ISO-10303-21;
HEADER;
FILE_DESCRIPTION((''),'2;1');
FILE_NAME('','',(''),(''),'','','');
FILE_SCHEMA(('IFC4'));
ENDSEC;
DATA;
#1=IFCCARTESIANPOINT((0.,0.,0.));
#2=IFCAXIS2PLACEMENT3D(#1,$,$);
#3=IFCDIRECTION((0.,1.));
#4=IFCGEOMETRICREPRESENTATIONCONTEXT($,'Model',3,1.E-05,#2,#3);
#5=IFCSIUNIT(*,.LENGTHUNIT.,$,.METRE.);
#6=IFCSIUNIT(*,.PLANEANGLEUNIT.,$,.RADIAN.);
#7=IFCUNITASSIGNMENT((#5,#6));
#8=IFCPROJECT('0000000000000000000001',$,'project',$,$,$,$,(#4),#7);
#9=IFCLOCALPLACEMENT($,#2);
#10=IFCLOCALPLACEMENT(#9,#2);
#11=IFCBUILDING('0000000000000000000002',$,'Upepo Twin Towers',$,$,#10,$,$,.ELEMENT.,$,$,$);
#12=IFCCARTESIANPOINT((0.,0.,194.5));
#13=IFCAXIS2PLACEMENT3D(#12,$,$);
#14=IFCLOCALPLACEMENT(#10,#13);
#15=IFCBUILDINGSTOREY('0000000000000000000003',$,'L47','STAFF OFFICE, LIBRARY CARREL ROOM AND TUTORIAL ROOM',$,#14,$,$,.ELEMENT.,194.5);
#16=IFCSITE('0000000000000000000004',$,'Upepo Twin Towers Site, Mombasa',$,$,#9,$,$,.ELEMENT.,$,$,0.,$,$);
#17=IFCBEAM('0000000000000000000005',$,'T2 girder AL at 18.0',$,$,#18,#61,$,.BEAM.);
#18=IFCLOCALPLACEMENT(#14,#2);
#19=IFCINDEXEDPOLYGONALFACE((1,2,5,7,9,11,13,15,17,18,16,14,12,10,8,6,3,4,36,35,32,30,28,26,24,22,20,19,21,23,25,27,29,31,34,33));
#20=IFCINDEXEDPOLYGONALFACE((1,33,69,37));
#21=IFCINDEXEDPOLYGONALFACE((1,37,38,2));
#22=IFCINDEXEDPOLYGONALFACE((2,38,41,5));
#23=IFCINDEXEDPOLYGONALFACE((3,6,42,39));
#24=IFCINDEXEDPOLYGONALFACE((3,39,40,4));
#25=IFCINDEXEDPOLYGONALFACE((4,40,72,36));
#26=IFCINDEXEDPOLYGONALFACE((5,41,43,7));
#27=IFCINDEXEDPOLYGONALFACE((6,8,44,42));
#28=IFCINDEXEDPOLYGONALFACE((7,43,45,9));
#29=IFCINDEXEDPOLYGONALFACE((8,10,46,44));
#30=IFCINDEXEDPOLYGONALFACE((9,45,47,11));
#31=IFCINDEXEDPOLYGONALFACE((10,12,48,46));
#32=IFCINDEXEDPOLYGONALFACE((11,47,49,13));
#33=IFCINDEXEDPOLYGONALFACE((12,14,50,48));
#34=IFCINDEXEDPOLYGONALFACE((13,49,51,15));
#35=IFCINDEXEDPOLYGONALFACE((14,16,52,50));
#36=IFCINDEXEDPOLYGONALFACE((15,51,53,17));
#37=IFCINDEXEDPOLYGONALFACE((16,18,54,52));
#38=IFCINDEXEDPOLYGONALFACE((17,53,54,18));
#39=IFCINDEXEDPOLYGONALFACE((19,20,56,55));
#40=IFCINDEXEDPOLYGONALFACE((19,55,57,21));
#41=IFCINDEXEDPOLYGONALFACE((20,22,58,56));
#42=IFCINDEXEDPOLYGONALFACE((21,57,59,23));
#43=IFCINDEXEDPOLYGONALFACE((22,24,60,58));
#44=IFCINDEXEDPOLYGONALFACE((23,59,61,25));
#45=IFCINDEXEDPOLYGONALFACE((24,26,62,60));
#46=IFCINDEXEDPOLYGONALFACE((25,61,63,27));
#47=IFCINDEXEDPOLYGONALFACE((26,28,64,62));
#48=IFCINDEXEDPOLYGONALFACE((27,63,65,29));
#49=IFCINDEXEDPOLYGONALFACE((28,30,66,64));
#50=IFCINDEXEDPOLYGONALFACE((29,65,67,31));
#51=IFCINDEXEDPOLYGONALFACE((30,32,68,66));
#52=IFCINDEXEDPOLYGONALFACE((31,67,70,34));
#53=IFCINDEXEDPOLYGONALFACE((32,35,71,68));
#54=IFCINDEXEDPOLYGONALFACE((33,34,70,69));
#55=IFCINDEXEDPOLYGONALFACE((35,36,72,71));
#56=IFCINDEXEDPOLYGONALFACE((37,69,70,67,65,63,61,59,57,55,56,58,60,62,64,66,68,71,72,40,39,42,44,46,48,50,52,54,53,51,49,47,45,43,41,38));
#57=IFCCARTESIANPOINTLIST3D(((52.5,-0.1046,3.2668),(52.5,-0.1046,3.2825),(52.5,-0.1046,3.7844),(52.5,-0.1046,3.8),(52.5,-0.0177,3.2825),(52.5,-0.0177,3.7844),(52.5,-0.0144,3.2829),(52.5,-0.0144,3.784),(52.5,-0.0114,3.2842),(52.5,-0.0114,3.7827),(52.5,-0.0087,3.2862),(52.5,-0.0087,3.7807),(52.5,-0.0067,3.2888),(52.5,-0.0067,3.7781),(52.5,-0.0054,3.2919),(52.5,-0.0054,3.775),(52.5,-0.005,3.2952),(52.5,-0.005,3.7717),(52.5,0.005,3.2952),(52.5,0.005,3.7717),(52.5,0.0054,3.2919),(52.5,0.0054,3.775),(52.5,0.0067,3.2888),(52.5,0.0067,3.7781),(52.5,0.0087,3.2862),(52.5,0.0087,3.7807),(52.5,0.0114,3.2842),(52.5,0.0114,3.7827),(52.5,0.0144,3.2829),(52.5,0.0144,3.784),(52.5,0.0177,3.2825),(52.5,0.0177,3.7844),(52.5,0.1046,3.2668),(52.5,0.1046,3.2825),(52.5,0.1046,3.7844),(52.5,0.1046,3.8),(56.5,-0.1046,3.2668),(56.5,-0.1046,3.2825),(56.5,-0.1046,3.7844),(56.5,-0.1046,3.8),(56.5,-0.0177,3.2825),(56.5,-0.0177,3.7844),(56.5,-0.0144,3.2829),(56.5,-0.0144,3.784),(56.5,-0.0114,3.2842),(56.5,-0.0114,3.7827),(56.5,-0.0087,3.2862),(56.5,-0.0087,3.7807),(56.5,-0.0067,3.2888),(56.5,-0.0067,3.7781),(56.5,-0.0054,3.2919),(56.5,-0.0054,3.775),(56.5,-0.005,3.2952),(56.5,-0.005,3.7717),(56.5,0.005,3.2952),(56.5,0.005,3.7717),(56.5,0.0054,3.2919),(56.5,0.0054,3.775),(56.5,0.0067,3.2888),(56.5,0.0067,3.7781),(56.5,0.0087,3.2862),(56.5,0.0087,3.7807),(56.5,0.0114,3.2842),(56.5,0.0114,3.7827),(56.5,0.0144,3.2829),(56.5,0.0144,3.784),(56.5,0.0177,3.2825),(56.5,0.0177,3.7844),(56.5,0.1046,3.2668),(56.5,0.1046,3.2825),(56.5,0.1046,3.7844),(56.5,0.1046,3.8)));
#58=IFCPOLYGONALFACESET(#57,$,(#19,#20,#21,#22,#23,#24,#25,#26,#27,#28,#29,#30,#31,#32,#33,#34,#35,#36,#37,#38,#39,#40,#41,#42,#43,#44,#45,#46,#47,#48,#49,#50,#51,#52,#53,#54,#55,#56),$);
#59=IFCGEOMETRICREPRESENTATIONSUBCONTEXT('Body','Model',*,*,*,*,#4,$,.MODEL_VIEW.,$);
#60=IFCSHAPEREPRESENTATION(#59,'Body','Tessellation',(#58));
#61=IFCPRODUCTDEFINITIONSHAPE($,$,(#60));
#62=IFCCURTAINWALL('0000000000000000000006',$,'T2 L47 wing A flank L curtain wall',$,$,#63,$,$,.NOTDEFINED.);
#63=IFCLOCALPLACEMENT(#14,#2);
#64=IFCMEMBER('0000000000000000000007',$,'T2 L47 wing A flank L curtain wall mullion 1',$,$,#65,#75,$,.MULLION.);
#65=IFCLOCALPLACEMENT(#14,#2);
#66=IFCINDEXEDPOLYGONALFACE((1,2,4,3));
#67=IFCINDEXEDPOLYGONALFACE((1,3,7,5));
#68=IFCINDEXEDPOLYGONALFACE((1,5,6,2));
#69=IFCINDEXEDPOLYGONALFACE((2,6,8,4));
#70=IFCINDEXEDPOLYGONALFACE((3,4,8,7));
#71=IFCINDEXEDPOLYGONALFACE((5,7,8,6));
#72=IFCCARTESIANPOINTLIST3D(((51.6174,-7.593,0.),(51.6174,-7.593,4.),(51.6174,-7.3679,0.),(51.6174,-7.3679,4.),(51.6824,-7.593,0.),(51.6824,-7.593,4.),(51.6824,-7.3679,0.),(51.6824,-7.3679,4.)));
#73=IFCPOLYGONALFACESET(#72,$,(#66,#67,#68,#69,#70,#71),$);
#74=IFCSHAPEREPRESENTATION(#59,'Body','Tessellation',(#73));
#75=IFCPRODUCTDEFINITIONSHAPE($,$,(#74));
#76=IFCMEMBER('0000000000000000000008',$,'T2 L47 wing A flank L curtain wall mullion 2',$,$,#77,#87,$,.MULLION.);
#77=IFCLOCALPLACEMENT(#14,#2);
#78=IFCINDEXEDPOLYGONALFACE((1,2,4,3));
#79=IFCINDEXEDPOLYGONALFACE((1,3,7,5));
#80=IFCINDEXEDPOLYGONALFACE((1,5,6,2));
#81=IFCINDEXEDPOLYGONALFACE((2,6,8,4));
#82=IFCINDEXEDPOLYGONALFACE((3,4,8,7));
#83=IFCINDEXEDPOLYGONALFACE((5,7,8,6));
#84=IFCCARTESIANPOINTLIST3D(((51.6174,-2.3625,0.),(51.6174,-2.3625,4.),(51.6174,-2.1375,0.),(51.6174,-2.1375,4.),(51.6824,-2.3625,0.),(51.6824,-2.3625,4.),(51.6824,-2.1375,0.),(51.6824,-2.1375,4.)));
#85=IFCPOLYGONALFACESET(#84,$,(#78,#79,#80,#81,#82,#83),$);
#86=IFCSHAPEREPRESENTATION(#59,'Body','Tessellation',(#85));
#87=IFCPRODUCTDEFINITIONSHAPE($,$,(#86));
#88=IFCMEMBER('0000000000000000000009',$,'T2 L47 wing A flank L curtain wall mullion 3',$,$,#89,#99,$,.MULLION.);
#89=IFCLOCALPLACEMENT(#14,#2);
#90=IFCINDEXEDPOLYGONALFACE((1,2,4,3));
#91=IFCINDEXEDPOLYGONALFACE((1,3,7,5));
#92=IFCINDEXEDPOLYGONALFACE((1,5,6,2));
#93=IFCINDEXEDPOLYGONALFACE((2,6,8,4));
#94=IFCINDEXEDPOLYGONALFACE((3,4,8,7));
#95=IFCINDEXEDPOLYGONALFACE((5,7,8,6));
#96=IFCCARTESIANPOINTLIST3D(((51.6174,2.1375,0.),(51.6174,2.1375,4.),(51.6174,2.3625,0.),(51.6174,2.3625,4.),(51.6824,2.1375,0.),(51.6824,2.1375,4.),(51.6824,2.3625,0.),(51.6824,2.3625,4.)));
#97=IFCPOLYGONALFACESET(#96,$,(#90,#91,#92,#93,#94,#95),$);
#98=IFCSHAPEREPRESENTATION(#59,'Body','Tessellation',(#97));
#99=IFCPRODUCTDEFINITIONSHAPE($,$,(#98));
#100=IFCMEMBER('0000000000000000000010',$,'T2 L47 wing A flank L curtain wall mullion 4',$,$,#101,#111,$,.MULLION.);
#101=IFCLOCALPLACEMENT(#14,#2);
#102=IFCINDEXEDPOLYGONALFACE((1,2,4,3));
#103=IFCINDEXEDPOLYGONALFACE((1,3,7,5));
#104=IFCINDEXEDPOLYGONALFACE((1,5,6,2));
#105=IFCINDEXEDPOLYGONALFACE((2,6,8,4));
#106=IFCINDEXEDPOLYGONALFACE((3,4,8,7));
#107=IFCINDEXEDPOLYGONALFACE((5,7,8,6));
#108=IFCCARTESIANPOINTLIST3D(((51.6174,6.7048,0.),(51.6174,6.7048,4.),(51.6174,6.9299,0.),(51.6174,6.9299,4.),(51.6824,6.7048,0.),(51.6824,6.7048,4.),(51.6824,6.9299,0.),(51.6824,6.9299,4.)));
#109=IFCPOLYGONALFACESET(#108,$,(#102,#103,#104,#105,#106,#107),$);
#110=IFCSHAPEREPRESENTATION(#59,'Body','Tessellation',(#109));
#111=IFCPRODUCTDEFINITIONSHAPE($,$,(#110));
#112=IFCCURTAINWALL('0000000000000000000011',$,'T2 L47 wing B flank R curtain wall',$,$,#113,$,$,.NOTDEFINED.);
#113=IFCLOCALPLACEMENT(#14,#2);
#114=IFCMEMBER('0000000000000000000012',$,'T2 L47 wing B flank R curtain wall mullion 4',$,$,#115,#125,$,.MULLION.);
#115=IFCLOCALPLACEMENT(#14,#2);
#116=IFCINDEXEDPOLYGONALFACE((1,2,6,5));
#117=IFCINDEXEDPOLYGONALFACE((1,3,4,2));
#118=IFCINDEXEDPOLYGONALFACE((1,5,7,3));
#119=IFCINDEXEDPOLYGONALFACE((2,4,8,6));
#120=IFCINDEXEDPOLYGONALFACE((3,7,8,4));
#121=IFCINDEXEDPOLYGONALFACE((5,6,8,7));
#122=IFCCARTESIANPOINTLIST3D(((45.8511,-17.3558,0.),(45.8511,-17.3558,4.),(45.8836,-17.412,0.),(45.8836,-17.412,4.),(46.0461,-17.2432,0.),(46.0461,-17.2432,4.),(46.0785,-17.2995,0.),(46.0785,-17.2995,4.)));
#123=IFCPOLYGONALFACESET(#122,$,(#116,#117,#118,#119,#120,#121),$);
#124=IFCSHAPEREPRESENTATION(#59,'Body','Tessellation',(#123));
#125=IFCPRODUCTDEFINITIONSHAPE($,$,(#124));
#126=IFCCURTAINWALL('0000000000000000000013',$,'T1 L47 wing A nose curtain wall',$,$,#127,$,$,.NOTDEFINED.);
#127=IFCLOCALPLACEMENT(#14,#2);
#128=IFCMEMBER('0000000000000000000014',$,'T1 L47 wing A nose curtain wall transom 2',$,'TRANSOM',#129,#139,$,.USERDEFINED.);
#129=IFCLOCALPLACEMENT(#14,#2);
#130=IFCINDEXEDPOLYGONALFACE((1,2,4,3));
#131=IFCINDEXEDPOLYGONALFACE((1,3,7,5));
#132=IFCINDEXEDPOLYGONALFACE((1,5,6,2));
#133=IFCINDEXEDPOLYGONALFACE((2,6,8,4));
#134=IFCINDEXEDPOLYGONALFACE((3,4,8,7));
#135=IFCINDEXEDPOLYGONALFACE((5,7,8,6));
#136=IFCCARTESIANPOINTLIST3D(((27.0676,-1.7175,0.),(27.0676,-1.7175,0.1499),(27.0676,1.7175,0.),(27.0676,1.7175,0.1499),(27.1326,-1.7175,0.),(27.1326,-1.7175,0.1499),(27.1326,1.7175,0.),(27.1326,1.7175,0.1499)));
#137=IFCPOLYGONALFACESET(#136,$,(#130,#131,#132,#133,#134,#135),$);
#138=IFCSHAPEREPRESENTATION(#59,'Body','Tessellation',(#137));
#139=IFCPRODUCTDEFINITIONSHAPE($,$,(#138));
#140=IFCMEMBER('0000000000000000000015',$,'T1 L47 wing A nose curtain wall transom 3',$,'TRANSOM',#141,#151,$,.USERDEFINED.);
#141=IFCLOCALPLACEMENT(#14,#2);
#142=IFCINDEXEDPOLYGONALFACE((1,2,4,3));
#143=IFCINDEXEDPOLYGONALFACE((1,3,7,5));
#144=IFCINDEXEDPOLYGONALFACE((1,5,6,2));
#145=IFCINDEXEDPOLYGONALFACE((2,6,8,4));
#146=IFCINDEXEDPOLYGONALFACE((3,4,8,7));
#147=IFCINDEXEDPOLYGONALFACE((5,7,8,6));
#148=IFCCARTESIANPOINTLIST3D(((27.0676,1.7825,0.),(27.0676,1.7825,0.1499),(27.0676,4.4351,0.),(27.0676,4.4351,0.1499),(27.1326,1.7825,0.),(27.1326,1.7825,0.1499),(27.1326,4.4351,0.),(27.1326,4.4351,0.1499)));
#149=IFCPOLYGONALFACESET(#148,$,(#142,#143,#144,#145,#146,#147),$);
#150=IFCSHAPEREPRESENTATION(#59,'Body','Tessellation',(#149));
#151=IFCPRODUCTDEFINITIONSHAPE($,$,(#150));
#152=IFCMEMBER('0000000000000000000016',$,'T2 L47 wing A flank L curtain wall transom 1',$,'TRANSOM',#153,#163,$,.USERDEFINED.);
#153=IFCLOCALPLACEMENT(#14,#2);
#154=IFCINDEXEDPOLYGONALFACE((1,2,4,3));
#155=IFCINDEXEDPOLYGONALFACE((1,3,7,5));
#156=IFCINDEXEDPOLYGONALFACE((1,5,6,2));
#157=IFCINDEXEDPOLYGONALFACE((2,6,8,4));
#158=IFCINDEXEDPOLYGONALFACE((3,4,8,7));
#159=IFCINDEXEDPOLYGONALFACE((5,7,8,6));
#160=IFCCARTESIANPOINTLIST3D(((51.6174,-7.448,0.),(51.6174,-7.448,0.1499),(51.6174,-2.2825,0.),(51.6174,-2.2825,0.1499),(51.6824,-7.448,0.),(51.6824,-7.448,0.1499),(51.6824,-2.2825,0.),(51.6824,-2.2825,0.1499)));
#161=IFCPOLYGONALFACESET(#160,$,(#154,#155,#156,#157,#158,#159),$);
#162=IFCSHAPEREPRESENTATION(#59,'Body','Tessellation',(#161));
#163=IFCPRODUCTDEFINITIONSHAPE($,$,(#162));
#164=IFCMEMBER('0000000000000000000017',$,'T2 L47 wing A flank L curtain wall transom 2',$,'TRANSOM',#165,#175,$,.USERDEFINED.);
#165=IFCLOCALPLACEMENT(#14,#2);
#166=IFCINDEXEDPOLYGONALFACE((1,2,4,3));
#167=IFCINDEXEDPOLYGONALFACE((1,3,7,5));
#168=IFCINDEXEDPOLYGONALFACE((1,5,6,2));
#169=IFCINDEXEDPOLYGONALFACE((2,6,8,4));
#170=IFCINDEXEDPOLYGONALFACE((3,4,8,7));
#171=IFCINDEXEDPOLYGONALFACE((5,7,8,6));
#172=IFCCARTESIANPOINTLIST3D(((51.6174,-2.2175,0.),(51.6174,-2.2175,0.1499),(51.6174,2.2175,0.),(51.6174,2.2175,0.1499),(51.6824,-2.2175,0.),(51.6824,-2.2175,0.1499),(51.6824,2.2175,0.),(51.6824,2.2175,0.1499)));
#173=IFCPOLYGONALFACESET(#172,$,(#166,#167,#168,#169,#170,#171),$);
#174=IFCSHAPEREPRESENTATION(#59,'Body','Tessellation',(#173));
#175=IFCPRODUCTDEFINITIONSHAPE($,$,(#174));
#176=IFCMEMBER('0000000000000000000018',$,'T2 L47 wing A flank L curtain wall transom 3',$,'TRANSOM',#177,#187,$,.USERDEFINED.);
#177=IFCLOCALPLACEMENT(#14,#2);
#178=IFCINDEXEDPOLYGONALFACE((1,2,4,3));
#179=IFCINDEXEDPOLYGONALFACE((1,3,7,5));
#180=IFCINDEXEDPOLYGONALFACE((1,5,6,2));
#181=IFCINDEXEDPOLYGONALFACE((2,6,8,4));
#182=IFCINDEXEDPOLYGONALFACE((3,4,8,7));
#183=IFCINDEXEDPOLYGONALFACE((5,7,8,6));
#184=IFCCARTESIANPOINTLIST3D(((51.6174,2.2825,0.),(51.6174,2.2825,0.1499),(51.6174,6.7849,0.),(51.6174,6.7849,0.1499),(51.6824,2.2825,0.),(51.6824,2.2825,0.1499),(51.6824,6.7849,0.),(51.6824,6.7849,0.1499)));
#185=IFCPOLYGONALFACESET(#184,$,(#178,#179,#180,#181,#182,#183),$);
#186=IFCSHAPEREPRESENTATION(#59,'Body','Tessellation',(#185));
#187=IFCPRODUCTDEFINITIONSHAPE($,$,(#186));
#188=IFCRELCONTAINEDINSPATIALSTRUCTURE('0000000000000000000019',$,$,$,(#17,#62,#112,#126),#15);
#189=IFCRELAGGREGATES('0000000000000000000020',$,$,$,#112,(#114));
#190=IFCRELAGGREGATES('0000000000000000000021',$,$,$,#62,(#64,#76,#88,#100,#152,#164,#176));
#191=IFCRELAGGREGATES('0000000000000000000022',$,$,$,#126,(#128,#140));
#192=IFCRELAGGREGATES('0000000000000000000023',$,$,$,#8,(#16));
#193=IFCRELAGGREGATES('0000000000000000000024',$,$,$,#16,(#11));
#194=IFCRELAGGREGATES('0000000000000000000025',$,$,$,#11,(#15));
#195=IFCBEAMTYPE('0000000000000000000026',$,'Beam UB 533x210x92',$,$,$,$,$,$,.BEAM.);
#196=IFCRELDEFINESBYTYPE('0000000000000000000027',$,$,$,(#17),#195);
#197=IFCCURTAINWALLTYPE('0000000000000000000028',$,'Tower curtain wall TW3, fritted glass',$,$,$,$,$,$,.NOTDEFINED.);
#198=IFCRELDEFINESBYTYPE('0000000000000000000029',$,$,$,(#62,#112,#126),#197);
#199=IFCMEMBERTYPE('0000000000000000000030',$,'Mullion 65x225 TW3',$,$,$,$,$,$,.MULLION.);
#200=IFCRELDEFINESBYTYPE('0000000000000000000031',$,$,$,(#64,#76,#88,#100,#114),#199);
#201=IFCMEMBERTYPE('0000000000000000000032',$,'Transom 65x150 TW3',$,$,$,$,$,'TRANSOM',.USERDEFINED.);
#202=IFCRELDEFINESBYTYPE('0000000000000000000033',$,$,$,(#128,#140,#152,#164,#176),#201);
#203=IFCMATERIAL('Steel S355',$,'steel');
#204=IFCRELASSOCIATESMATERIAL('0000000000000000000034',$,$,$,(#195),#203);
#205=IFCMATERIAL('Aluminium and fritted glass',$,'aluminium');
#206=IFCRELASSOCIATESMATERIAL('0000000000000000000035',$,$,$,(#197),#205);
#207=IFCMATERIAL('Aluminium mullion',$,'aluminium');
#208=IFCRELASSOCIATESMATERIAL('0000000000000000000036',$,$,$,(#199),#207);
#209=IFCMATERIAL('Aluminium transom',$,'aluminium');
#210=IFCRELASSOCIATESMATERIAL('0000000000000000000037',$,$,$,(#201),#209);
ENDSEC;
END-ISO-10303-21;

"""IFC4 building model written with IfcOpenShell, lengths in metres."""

from ifc_helpers import new_model, si_unit, direction, frame, origin, origin_2d, place, context, subcontext, project, spatial, rectangle, i_section, extrude, material, material_profile, profile_set, type_object, element, aggregate, save


model = new_model("IFC4")

# Units and contexts
model_context = context("Model", 3, precision=1e-05, world=origin(), true_north=direction((0.0, 1.0)))
body_context = subcontext(model_context, "Body", "Model", "MODEL_VIEW")
ifc_project = project(units=[si_unit("LENGTHUNIT", "METRE"), si_unit("PLANEANGLEUNIT", "RADIAN")], contexts=[model_context])

# Site, building, storey
site_placement = place(None, origin())
site = spatial("IfcSite", under=ifc_project, at=site_placement, Name="Upepo Twin Towers Site, Mombasa", CompositionType="ELEMENT", RefElevation=0.0)
building_placement = place(site_placement, origin())
building = spatial("IfcBuilding", under=site, at=building_placement, Name="Upepo Twin Towers", CompositionType="ELEMENT")
storey_placement = place(building_placement, frame((0.0, 0.0, 194.5)))
storey = spatial("IfcBuildingStorey", under=building, at=storey_placement, Name="L47", Description="STAFF OFFICE, LIBRARY CARREL ROOM AND TUTORIAL ROOM", CompositionType="ELEMENT", Elevation=194.5)

# Beam
ifc_material_1 = material(Name="Steel S355", Category="steel")
ifc_material_profile_1 = material_profile(ifc_material_1, i_section(OverallWidth=0.2092, OverallDepth=0.5332, WebThickness=0.01, FlangeThickness=0.0156, FilletRadius=0.0127, at=origin_2d()), Name="UB 533x210x92")
ifc_profile_set_1 = profile_set([ifc_material_profile_1], Name="Steel S355")
beam_type_1 = type_object("IfcBeamType", Name="Beam UB 533x210x92", PredefinedType="BEAM", material=ifc_profile_set_1)
for number, where, z_axis, x_axis, name in (
    (1, (52.5, 0.0, 3.5334), (1.0, 0.0, 0.0), (0.0, 1.0, 0.0), "T2 girder AL at 18.0"),
):
    element("IfcBeam", number, at=place(storey_placement, frame(where, z_axis=z_axis, x_axis=x_axis)), inside=storey, type_object=beam_type_1, Name=name, PredefinedType="BEAM", context=body_context, shape_type="SweptSolid", body=[
        extrude(i_section(OverallWidth=0.2092, OverallDepth=0.5332, WebThickness=0.01, FlangeThickness=0.0156, FilletRadius=0.0127, at=origin_2d()), origin(), (0.0, 0.0, 1.0), 4.0),
    ])

# Curtain wall, members
ifc_material_2 = material(Name="Aluminium and fritted glass", Category="aluminium")
curtain_wall_type = type_object("IfcCurtainWallType", Name="Tower curtain wall TW3, fritted glass", PredefinedType="NOTDEFINED", material=ifc_material_2)
curtain_wall_1_placement = place(storey_placement, origin())
curtain_wall_1 = element("IfcCurtainWall", 2, at=curtain_wall_1_placement, inside=storey, type_object=curtain_wall_type, Name="T2 L47 wing A flank L curtain wall", PredefinedType="NOTDEFINED")
ifc_material_3 = material(Name="Aluminium mullion", Category="aluminium")
ifc_material_profile_2 = material_profile(ifc_material_3, rectangle(XDim=0.0649, YDim=0.2251, at=origin_2d()), Name="MULLION 65x225")
ifc_profile_set_2 = profile_set([ifc_material_profile_2], Name="Aluminium mullion")
member_type_1 = type_object("IfcMemberType", Name="Mullion 65x225 TW3", PredefinedType="MULLION", material=ifc_profile_set_2)
member_1_placement = place(storey_placement, frame((51.6499, -7.4805, 0.0), z_axis=(0.0, 0.0, 1.0), x_axis=(-1.0, 0.0, 0.0)))
member_1 = element("IfcMember", 3, at=member_1_placement, type_object=member_type_1, Name="T2 L47 wing A flank L curtain wall mullion 1", PredefinedType="MULLION", context=body_context, shape_type="SweptSolid", body=[
    extrude(rectangle(XDim=0.0649, YDim=0.2251, at=origin_2d()), origin(), (0.0, 0.0, 1.0), 4.0),
])
member_2_placement = place(storey_placement, frame((51.6499, -2.25, 0.0), z_axis=(0.0, 0.0, 1.0), x_axis=(-1.0, 0.0, 0.0)))
member_2 = element("IfcMember", 4, at=member_2_placement, type_object=member_type_1, Name="T2 L47 wing A flank L curtain wall mullion 2", PredefinedType="MULLION", context=body_context, shape_type="SweptSolid", body=[
    extrude(rectangle(XDim=0.0649, YDim=0.2251, at=origin_2d()), origin(), (0.0, 0.0, 1.0), 4.0),
])
member_3_placement = place(storey_placement, frame((51.6499, 2.25, 0.0), z_axis=(0.0, 0.0, 1.0), x_axis=(-1.0, 0.0, 0.0)))
member_3 = element("IfcMember", 5, at=member_3_placement, type_object=member_type_1, Name="T2 L47 wing A flank L curtain wall mullion 3", PredefinedType="MULLION", context=body_context, shape_type="SweptSolid", body=[
    extrude(rectangle(XDim=0.0649, YDim=0.2251, at=origin_2d()), origin(), (0.0, 0.0, 1.0), 4.0),
])
member_4_placement = place(storey_placement, frame((51.6499, 6.8174, 0.0), z_axis=(0.0, 0.0, 1.0), x_axis=(-1.0, 0.0, 0.0)))
member_4 = element("IfcMember", 6, at=member_4_placement, type_object=member_type_1, Name="T2 L47 wing A flank L curtain wall mullion 4", PredefinedType="MULLION", context=body_context, shape_type="SweptSolid", body=[
    extrude(rectangle(XDim=0.0649, YDim=0.2251, at=origin_2d()), origin(), (0.0, 0.0, 1.0), 4.0),
])

# Curtain wall, member
curtain_wall_2_placement = place(storey_placement, origin())
curtain_wall_2 = element("IfcCurtainWall", 7, at=curtain_wall_2_placement, inside=storey, type_object=curtain_wall_type, Name="T2 L47 wing B flank R curtain wall", PredefinedType="NOTDEFINED")
member_5_placement = place(storey_placement, frame((45.9648, -17.3276, 0.0), z_axis=(0.0, 0.0, 1.0), x_axis=(-0.5, 0.866025, 0.0)))
member_5 = element("IfcMember", 8, at=member_5_placement, type_object=member_type_1, Name="T2 L47 wing B flank R curtain wall mullion 4", PredefinedType="MULLION", context=body_context, shape_type="SweptSolid", body=[
    extrude(rectangle(XDim=0.0649, YDim=0.2251, at=origin_2d()), origin(), (0.0, 0.0, 1.0), 4.0),
])
aggregate(curtain_wall_2, [member_5])

# Curtain wall, members
curtain_wall_3_placement = place(storey_placement, origin())
curtain_wall_3 = element("IfcCurtainWall", 9, at=curtain_wall_3_placement, inside=storey, type_object=curtain_wall_type, Name="T1 L47 wing A nose curtain wall", PredefinedType="NOTDEFINED")
ifc_material_4 = material(Name="Aluminium transom", Category="aluminium")
ifc_material_profile_3 = material_profile(ifc_material_4, rectangle(XDim=0.0649, YDim=0.1499, at=origin_2d()), Name="TRANSOM 65x150")
ifc_profile_set_3 = profile_set([ifc_material_profile_3], Name="Aluminium transom")
member_type_2 = type_object("IfcMemberType", Name="Transom 65x150 TW3", ElementType="TRANSOM", PredefinedType="USERDEFINED", material=ifc_profile_set_3)
member_6_placement = place(storey_placement, frame((27.1001, -1.7175, 0.075), z_axis=(0.0, 1.0, 0.0), x_axis=(-1.0, 0.0, 0.0)))
member_6 = element("IfcMember", 10, at=member_6_placement, type_object=member_type_2, Name="T1 L47 wing A nose curtain wall transom 2", ObjectType="TRANSOM", PredefinedType="USERDEFINED", context=body_context, shape_type="SweptSolid", body=[
    extrude(rectangle(XDim=0.0649, YDim=0.1499, at=origin_2d()), origin(), (0.0, 0.0, 1.0), 3.4351),
])
member_7_placement = place(storey_placement, frame((27.1001, 1.7825, 0.075), z_axis=(0.0, 1.0, 0.0), x_axis=(-1.0, 0.0, 0.0)))
member_7 = element("IfcMember", 11, at=member_7_placement, type_object=member_type_2, Name="T1 L47 wing A nose curtain wall transom 3", ObjectType="TRANSOM", PredefinedType="USERDEFINED", context=body_context, shape_type="SweptSolid", body=[
    extrude(rectangle(XDim=0.0649, YDim=0.1499, at=origin_2d()), origin(), (0.0, 0.0, 1.0), 2.6526),
])

# Members
member_8_placement = place(storey_placement, frame((51.6499, -7.448, 0.075), z_axis=(0.0, 1.0, 0.0), x_axis=(-1.0, 0.0, 0.0)))
member_8 = element("IfcMember", 12, at=member_8_placement, type_object=member_type_2, Name="T2 L47 wing A flank L curtain wall transom 1", ObjectType="TRANSOM", PredefinedType="USERDEFINED", context=body_context, shape_type="SweptSolid", body=[
    extrude(rectangle(XDim=0.0649, YDim=0.1499, at=origin_2d()), origin(), (0.0, 0.0, 1.0), 5.1655),
])
member_9_placement = place(storey_placement, frame((51.6499, -2.2175, 0.075), z_axis=(0.0, 1.0, 0.0), x_axis=(-1.0, 0.0, 0.0)))
member_9 = element("IfcMember", 13, at=member_9_placement, type_object=member_type_2, Name="T2 L47 wing A flank L curtain wall transom 2", ObjectType="TRANSOM", PredefinedType="USERDEFINED", context=body_context, shape_type="SweptSolid", body=[
    extrude(rectangle(XDim=0.0649, YDim=0.1499, at=origin_2d()), origin(), (0.0, 0.0, 1.0), 4.4351),
])
member_10_placement = place(storey_placement, frame((51.6499, 2.2825, 0.075), z_axis=(0.0, 1.0, 0.0), x_axis=(-1.0, 0.0, 0.0)))
member_10 = element("IfcMember", 14, at=member_10_placement, type_object=member_type_2, Name="T2 L47 wing A flank L curtain wall transom 3", ObjectType="TRANSOM", PredefinedType="USERDEFINED", context=body_context, shape_type="SweptSolid", body=[
    extrude(rectangle(XDim=0.0649, YDim=0.1499, at=origin_2d()), origin(), (0.0, 0.0, 1.0), 4.5024),
])

aggregate(curtain_wall_1, [member_1, member_2, member_3, member_4, member_8, member_9, member_10])
aggregate(curtain_wall_3, [member_6, member_7])

save(model, "model.ifc")
